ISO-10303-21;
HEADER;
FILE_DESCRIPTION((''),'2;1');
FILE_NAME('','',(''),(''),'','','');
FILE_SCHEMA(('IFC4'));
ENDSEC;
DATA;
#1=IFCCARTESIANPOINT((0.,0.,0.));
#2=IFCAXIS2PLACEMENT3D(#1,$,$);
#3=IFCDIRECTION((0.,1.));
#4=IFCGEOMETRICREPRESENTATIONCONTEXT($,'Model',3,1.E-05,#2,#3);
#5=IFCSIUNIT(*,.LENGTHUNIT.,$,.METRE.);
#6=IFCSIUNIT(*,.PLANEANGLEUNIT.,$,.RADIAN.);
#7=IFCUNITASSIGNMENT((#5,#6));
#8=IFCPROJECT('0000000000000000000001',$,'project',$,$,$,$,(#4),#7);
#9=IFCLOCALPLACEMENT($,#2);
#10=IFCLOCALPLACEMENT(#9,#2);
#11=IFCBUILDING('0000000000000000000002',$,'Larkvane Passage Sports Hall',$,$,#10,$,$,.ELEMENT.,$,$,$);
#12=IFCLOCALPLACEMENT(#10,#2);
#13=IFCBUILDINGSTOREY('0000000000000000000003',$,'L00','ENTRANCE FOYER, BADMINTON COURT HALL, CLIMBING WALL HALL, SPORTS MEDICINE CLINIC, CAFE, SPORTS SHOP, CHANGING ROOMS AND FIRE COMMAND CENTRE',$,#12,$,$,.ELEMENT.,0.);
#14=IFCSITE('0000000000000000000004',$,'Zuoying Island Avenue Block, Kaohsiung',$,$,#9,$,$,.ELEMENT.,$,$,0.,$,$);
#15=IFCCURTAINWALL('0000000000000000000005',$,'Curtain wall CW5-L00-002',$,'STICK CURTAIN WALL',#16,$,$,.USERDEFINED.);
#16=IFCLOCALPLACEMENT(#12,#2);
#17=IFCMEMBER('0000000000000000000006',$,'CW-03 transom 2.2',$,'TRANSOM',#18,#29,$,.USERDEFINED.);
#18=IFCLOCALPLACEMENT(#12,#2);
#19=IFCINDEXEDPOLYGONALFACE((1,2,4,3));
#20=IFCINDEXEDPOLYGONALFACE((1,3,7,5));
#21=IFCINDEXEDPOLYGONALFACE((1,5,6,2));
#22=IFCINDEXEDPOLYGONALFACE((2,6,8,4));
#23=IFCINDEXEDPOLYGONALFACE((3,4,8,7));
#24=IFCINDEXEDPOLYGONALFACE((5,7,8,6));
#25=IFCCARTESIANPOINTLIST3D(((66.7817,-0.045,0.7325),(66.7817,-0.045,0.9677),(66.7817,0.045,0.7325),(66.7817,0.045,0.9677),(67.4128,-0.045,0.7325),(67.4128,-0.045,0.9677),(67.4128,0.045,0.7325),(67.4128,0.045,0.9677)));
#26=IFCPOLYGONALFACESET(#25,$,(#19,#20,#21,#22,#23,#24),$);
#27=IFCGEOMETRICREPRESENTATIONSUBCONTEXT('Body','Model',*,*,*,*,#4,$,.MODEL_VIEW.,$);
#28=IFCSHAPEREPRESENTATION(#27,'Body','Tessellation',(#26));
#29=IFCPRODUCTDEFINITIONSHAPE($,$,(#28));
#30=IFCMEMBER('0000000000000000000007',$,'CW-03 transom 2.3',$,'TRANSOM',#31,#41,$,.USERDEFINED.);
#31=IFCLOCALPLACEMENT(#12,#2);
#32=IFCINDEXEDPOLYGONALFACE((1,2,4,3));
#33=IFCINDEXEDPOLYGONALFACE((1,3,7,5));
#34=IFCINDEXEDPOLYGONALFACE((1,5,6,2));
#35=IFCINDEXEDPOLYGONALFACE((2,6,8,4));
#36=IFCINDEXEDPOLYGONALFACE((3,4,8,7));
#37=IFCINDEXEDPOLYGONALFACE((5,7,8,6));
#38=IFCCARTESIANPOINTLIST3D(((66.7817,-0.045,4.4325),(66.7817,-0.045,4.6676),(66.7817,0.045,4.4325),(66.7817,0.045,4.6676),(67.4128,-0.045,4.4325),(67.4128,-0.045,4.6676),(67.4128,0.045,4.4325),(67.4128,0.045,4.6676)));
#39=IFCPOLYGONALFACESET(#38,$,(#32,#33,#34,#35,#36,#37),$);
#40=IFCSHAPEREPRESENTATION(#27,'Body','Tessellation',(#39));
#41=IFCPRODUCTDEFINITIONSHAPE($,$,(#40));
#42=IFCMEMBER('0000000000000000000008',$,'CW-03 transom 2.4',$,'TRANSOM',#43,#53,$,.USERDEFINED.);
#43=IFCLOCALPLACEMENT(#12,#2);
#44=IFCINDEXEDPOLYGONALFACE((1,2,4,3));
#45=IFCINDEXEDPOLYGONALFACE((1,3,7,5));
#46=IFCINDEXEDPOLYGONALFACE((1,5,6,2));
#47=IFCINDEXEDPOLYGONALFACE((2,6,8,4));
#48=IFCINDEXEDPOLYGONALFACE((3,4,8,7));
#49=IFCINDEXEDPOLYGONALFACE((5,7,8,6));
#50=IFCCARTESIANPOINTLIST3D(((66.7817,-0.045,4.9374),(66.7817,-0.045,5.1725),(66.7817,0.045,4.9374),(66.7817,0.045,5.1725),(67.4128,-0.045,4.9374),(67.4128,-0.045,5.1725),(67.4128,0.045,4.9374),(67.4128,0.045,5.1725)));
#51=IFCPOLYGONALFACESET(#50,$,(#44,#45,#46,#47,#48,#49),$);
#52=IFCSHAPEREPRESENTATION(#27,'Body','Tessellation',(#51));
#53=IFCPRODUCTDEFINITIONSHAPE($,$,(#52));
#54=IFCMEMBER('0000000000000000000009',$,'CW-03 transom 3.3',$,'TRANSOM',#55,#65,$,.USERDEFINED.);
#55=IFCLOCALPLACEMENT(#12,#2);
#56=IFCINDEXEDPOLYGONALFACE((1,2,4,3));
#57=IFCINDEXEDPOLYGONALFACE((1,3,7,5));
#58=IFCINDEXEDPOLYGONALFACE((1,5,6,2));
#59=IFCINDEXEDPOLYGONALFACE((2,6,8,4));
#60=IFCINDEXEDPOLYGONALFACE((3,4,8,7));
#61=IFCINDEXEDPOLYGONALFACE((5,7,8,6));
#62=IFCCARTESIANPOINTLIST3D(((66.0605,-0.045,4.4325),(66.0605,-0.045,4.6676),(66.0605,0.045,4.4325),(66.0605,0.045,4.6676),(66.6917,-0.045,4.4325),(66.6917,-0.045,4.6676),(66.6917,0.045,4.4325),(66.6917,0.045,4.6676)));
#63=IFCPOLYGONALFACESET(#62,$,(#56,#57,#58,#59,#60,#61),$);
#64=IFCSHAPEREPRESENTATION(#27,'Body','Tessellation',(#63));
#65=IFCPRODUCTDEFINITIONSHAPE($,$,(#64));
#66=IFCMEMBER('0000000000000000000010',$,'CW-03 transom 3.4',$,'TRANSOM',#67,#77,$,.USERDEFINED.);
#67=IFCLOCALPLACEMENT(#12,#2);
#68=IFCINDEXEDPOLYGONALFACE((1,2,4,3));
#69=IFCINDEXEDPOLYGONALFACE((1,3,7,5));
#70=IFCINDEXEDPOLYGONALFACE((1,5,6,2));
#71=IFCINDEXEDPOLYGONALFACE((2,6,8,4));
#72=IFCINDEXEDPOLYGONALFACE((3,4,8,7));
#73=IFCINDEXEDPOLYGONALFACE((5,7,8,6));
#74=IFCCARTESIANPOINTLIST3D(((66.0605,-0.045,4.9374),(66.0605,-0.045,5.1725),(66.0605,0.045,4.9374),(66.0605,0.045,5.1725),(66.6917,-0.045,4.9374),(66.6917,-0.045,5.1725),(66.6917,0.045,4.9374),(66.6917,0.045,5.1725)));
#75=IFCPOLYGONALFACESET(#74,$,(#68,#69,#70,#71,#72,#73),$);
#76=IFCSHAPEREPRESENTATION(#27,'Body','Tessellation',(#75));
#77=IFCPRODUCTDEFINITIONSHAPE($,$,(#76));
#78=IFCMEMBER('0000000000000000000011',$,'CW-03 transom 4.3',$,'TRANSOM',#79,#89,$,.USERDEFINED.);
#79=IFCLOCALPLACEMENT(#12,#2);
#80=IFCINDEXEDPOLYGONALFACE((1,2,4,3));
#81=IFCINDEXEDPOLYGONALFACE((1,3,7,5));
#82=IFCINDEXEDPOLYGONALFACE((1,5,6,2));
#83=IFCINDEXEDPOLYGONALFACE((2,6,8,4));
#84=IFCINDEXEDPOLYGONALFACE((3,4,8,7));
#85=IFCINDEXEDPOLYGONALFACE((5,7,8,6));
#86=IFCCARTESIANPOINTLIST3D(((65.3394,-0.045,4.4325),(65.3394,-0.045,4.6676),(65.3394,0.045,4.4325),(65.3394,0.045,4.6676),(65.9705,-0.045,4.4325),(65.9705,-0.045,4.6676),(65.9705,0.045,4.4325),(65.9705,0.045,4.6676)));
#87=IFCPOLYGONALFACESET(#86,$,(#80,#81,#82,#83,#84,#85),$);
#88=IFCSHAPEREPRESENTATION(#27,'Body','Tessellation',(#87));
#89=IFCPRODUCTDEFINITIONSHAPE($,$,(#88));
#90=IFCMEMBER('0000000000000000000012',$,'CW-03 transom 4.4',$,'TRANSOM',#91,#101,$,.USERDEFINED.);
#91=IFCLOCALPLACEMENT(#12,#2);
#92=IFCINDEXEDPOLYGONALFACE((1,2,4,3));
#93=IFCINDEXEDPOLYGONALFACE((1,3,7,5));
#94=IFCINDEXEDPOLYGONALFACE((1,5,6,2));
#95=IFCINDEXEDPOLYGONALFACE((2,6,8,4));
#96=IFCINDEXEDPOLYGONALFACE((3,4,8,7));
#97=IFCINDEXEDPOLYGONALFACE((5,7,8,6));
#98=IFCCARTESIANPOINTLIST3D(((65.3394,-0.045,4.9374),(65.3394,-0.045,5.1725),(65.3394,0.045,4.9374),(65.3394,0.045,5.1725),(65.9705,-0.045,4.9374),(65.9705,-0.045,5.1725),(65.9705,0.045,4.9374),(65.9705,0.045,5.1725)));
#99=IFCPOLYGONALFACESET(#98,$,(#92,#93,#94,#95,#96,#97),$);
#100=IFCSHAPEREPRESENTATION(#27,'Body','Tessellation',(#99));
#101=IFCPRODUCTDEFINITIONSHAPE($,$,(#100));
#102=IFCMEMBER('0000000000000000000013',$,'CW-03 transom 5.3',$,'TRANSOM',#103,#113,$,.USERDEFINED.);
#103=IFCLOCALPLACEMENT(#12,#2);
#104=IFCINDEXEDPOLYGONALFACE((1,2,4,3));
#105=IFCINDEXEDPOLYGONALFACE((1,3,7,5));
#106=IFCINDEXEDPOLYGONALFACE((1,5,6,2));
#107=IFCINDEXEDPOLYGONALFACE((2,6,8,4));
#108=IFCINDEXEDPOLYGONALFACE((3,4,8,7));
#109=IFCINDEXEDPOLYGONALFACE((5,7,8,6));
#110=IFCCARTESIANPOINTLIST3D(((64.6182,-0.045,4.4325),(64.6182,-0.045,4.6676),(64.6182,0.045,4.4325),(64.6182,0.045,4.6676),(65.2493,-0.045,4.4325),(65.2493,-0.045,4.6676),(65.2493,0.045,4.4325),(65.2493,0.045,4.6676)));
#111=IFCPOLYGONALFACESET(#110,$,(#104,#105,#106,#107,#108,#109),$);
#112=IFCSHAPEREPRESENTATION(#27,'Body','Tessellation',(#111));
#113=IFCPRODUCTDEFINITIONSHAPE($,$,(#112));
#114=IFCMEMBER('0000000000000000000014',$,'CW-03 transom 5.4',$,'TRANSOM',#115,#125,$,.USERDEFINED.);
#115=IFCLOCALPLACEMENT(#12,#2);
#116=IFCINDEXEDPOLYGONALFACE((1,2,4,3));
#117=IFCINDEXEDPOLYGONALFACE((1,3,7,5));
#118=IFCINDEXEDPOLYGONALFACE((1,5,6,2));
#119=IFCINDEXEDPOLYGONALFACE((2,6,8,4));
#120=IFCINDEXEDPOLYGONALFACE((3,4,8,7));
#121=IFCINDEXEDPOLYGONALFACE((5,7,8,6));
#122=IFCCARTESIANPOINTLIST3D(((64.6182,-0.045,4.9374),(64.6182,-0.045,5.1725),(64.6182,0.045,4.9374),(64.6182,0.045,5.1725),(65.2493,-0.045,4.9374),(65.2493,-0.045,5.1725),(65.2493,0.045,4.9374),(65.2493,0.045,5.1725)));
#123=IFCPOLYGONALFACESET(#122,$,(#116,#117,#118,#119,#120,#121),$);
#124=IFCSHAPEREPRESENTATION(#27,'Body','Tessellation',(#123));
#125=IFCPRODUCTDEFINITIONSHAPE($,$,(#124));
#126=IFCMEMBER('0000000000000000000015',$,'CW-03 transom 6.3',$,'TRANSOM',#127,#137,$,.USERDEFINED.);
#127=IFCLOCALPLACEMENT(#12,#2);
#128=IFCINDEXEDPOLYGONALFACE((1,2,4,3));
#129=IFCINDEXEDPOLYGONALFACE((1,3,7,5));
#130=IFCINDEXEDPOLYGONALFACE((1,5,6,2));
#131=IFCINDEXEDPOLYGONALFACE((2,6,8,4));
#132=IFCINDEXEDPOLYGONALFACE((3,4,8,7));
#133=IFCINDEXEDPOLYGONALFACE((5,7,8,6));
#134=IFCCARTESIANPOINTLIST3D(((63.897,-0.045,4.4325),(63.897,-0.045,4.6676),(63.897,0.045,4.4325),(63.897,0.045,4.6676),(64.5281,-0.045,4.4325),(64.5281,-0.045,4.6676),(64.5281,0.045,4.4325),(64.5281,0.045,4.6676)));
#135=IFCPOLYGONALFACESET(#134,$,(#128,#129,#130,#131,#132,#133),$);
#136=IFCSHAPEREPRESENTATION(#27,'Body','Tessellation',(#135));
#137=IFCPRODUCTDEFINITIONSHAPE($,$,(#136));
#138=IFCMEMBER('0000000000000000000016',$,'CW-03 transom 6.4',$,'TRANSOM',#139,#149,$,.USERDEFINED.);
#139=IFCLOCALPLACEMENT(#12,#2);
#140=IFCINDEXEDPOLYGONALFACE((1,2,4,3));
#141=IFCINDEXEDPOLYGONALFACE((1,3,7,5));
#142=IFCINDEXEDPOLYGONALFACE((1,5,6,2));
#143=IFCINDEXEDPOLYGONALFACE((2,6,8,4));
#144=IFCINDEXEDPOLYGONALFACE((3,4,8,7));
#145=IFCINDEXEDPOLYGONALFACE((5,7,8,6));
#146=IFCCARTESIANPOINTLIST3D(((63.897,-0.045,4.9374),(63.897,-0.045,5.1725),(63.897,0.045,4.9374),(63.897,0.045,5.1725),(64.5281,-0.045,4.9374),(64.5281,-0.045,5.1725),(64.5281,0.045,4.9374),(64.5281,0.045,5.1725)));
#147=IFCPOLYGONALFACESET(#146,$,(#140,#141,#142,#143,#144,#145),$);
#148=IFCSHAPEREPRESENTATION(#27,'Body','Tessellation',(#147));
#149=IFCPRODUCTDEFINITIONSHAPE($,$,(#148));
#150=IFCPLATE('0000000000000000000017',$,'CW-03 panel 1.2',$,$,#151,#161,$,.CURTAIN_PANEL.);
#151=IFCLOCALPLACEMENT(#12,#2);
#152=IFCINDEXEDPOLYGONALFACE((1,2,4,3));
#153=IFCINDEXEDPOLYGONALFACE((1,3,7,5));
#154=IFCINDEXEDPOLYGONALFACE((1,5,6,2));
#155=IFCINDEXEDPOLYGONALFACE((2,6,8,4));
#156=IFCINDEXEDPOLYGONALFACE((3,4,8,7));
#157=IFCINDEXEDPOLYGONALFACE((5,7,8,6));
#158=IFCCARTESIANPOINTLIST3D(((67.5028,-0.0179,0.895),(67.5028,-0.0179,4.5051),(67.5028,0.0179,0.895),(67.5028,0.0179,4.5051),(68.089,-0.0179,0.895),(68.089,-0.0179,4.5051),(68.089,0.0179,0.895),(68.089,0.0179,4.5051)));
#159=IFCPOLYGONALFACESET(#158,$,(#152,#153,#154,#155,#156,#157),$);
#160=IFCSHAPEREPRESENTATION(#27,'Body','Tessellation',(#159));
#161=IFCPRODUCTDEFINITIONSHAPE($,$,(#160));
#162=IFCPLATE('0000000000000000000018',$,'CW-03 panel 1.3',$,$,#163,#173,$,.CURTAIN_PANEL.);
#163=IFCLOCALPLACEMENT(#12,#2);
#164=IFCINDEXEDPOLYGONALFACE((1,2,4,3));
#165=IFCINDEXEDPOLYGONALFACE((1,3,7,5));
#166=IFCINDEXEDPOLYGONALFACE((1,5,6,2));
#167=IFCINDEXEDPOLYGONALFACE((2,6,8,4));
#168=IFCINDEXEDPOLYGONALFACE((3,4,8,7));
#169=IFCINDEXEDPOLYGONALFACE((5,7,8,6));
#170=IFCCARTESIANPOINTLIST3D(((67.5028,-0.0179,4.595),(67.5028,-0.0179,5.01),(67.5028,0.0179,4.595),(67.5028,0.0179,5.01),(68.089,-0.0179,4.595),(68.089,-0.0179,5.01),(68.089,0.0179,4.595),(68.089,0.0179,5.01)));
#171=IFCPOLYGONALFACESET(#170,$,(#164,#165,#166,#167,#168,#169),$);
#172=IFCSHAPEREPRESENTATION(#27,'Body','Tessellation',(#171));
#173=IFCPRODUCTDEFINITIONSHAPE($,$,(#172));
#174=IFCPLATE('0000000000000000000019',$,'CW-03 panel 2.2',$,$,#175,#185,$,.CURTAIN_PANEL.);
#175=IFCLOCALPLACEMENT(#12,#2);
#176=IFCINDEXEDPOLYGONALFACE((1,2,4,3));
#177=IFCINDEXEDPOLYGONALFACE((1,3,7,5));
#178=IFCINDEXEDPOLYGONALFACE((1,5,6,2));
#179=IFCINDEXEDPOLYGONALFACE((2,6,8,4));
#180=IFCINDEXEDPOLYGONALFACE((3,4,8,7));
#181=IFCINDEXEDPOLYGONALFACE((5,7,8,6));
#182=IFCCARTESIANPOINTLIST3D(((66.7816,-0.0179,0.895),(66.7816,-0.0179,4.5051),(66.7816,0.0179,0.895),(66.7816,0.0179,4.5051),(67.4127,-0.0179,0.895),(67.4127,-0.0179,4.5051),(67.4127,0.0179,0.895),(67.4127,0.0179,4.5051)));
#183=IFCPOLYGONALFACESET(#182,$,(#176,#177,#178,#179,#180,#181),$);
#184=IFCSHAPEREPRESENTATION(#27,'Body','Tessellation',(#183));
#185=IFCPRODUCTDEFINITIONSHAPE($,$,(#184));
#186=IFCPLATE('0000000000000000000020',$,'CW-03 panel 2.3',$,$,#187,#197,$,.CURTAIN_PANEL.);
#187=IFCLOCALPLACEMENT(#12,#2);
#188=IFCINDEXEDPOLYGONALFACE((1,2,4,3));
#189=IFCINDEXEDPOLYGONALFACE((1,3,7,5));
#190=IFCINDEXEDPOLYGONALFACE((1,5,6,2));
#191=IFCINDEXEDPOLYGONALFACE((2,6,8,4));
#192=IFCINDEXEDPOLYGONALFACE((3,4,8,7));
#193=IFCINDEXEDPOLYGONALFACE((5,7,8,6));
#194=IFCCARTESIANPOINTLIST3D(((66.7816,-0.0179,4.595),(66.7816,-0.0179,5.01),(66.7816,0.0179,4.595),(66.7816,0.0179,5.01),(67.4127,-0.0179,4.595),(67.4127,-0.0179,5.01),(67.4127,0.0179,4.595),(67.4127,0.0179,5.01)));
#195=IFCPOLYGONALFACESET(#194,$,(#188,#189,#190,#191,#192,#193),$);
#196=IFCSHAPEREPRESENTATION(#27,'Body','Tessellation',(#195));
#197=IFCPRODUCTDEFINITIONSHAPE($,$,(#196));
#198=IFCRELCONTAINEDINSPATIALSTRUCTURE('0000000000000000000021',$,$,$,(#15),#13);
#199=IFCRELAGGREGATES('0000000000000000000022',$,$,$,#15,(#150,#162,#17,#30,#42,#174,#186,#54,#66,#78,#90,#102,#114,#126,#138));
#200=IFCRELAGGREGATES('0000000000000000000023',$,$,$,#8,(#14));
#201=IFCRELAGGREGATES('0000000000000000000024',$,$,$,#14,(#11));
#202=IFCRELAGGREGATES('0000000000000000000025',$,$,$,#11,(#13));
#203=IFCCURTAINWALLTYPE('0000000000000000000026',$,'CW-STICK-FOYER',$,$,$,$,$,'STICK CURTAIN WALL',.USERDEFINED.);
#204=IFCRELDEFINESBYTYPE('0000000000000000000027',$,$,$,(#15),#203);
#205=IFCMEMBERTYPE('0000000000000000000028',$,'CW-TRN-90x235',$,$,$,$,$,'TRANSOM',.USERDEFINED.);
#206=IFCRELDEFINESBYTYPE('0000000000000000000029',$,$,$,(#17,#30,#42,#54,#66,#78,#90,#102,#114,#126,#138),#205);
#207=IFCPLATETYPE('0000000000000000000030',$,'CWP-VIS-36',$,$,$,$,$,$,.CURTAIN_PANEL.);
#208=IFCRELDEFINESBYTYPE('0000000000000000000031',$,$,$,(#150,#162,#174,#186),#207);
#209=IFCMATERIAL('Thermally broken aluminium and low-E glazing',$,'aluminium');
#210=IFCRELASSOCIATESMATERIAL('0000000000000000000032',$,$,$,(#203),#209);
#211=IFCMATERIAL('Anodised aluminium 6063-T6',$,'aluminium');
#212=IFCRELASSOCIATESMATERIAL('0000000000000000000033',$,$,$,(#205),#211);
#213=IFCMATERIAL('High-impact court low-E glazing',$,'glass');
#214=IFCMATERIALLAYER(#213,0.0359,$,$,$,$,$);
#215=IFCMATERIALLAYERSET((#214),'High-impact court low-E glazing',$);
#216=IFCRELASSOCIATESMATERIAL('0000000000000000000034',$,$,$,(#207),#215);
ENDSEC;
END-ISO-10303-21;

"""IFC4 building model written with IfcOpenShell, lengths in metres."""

from ifc_helpers import new_model, si_unit, direction, frame, origin, origin_2d, place, context, subcontext, project, spatial, rectangle, extrude, material, layer, layer_set, material_profile, profile_set, type_object, element, aggregate, save


model = new_model("IFC4")

# Units and contexts
model_context = context("Model", 3, precision=1e-05, world=origin(), true_north=direction((0.0, 1.0)))
body_context = subcontext(model_context, "Body", "Model", "MODEL_VIEW")
ifc_project = project(units=[si_unit("LENGTHUNIT", "METRE"), si_unit("PLANEANGLEUNIT", "RADIAN")], contexts=[model_context])

# Site, building, storey
site_placement = place(None, origin())
site = spatial("IfcSite", under=ifc_project, at=site_placement, Name="Zuoying Island Avenue Block, Kaohsiung", CompositionType="ELEMENT", RefElevation=0.0)
building_placement = place(site_placement, origin())
building = spatial("IfcBuilding", under=site, at=building_placement, Name="Larkvane Passage Sports Hall", CompositionType="ELEMENT")
storey_placement = place(building_placement, origin())
storey = spatial("IfcBuildingStorey", under=building, at=storey_placement, Name="L00", Description="ENTRANCE FOYER, BADMINTON COURT HALL, CLIMBING WALL HALL, SPORTS MEDICINE CLINIC, CAFE, SPORTS SHOP, CHANGING ROOMS AND FIRE COMMAND CENTRE", CompositionType="ELEMENT", Elevation=0.0)

# Curtain wall, members, plates
ifc_material_1 = material(Name="Thermally broken aluminium and low-E glazing", Category="aluminium")
curtain_wall_type = type_object("IfcCurtainWallType", Name="CW-STICK-FOYER", ElementType="STICK CURTAIN WALL", PredefinedType="USERDEFINED", material=ifc_material_1)
curtain_wall_placement = place(storey_placement, origin())
curtain_wall = element("IfcCurtainWall", 1, at=curtain_wall_placement, inside=storey, type_object=curtain_wall_type, Name="Curtain wall CW5-L00-002", ObjectType="STICK CURTAIN WALL", PredefinedType="USERDEFINED")
ifc_material_2 = material(Name="Anodised aluminium 6063-T6", Category="aluminium")
ifc_material_profile = material_profile(ifc_material_2, rectangle(XDim=0.0901, YDim=0.2351, at=origin_2d()), Name="ALU-TRN-90x235")
ifc_profile_set = profile_set([ifc_material_profile], Name="Anodised aluminium 6063-T6")
member_type = type_object("IfcMemberType", Name="CW-TRN-90x235", ElementType="TRANSOM", PredefinedType="USERDEFINED", material=ifc_profile_set)
member_1_placement = place(storey_placement, frame((67.4128, 0.0, 0.8501), z_axis=(-1.0, 0.0, 0.0), x_axis=(0.0, -1.0, 0.0)))
member_1 = element("IfcMember", 2, at=member_1_placement, type_object=member_type, Name="CW-03 transom 2.2", ObjectType="TRANSOM", PredefinedType="USERDEFINED", context=body_context, shape_type="SweptSolid", body=[
    extrude(rectangle(XDim=0.0901, YDim=0.2351, at=origin_2d()), origin(), (0.0, 0.0, 1.0), 0.6311),
])
member_2_placement = place(storey_placement, frame((67.4128, 0.0, 4.55), z_axis=(-1.0, 0.0, 0.0), x_axis=(0.0, -1.0, 0.0)))
member_2 = element("IfcMember", 3, at=member_2_placement, type_object=member_type, Name="CW-03 transom 2.3", ObjectType="TRANSOM", PredefinedType="USERDEFINED", context=body_context, shape_type="SweptSolid", body=[
    extrude(rectangle(XDim=0.0901, YDim=0.2351, at=origin_2d()), origin(), (0.0, 0.0, 1.0), 0.6311),
])
member_3_placement = place(storey_placement, frame((67.4128, 0.0, 5.0549), z_axis=(-1.0, 0.0, 0.0), x_axis=(0.0, -1.0, 0.0)))
member_3 = element("IfcMember", 4, at=member_3_placement, type_object=member_type, Name="CW-03 transom 2.4", ObjectType="TRANSOM", PredefinedType="USERDEFINED", context=body_context, shape_type="SweptSolid", body=[
    extrude(rectangle(XDim=0.0901, YDim=0.2351, at=origin_2d()), origin(), (0.0, 0.0, 1.0), 0.6311),
])
member_4_placement = place(storey_placement, frame((66.6917, 0.0, 4.55), z_axis=(-1.0, 0.0, 0.0), x_axis=(0.0, -1.0, 0.0)))
member_4 = element("IfcMember", 5, at=member_4_placement, type_object=member_type, Name="CW-03 transom 3.3", ObjectType="TRANSOM", PredefinedType="USERDEFINED", context=body_context, shape_type="SweptSolid", body=[
    extrude(rectangle(XDim=0.0901, YDim=0.2351, at=origin_2d()), origin(), (0.0, 0.0, 1.0), 0.6311),
])
member_5_placement = place(storey_placement, frame((66.6917, 0.0, 5.0549), z_axis=(-1.0, 0.0, 0.0), x_axis=(0.0, -1.0, 0.0)))
member_5 = element("IfcMember", 6, at=member_5_placement, type_object=member_type, Name="CW-03 transom 3.4", ObjectType="TRANSOM", PredefinedType="USERDEFINED", context=body_context, shape_type="SweptSolid", body=[
    extrude(rectangle(XDim=0.0901, YDim=0.2351, at=origin_2d()), origin(), (0.0, 0.0, 1.0), 0.6311),
])
member_6_placement = place(storey_placement, frame((65.9705, 0.0, 4.55), z_axis=(-1.0, 0.0, 0.0), x_axis=(0.0, -1.0, 0.0)))
member_6 = element("IfcMember", 7, at=member_6_placement, type_object=member_type, Name="CW-03 transom 4.3", ObjectType="TRANSOM", PredefinedType="USERDEFINED", context=body_context, shape_type="SweptSolid", body=[
    extrude(rectangle(XDim=0.0901, YDim=0.2351, at=origin_2d()), origin(), (0.0, 0.0, 1.0), 0.6311),
])
member_7_placement = place(storey_placement, frame((65.9705, 0.0, 5.0549), z_axis=(-1.0, 0.0, 0.0), x_axis=(0.0, -1.0, 0.0)))
member_7 = element("IfcMember", 8, at=member_7_placement, type_object=member_type, Name="CW-03 transom 4.4", ObjectType="TRANSOM", PredefinedType="USERDEFINED", context=body_context, shape_type="SweptSolid", body=[
    extrude(rectangle(XDim=0.0901, YDim=0.2351, at=origin_2d()), origin(), (0.0, 0.0, 1.0), 0.6311),
])
member_8_placement = place(storey_placement, frame((65.2493, 0.0, 4.55), z_axis=(-1.0, 0.0, 0.0), x_axis=(0.0, -1.0, 0.0)))
member_8 = element("IfcMember", 9, at=member_8_placement, type_object=member_type, Name="CW-03 transom 5.3", ObjectType="TRANSOM", PredefinedType="USERDEFINED", context=body_context, shape_type="SweptSolid", body=[
    extrude(rectangle(XDim=0.0901, YDim=0.2351, at=origin_2d()), origin(), (0.0, 0.0, 1.0), 0.6311),
])
member_9_placement = place(storey_placement, frame((65.2493, 0.0, 5.0549), z_axis=(-1.0, 0.0, 0.0), x_axis=(0.0, -1.0, 0.0)))
member_9 = element("IfcMember", 10, at=member_9_placement, type_object=member_type, Name="CW-03 transom 5.4", ObjectType="TRANSOM", PredefinedType="USERDEFINED", context=body_context, shape_type="SweptSolid", body=[
    extrude(rectangle(XDim=0.0901, YDim=0.2351, at=origin_2d()), origin(), (0.0, 0.0, 1.0), 0.6311),
])
member_10_placement = place(storey_placement, frame((64.5281, 0.0, 4.55), z_axis=(-1.0, 0.0, 0.0), x_axis=(0.0, -1.0, 0.0)))
member_10 = element("IfcMember", 11, at=member_10_placement, type_object=member_type, Name="CW-03 transom 6.3", ObjectType="TRANSOM", PredefinedType="USERDEFINED", context=body_context, shape_type="SweptSolid", body=[
    extrude(rectangle(XDim=0.0901, YDim=0.2351, at=origin_2d()), origin(), (0.0, 0.0, 1.0), 0.6311),
])
member_11_placement = place(storey_placement, frame((64.5281, 0.0, 5.0549), z_axis=(-1.0, 0.0, 0.0), x_axis=(0.0, -1.0, 0.0)))
member_11 = element("IfcMember", 12, at=member_11_placement, type_object=member_type, Name="CW-03 transom 6.4", ObjectType="TRANSOM", PredefinedType="USERDEFINED", context=body_context, shape_type="SweptSolid", body=[
    extrude(rectangle(XDim=0.0901, YDim=0.2351, at=origin_2d()), origin(), (0.0, 0.0, 1.0), 0.6311),
])
ifc_material_3 = material(Name="High-impact court low-E glazing", Category="glass")
ifc_layer = layer(ifc_material_3, 0.0359)
ifc_layer_set = layer_set([ifc_layer], Name="High-impact court low-E glazing")
plate_type = type_object("IfcPlateType", Name="CWP-VIS-36", PredefinedType="CURTAIN_PANEL", material=ifc_layer_set)
plate_1_placement = place(storey_placement, frame((67.7959, 0.0, 0.895), z_axis=(0.0, 0.0, 1.0), x_axis=(-1.0, 0.0, 0.0)))
plate_1 = element("IfcPlate", 13, at=plate_1_placement, type_object=plate_type, Name="CW-03 panel 1.2", PredefinedType="CURTAIN_PANEL", context=body_context, shape_type="SweptSolid", body=[
    extrude(rectangle(XDim=0.5862, YDim=0.0359, at=origin_2d()), origin(), (0.0, 0.0, 1.0), 3.6101),
])
plate_2_placement = place(storey_placement, frame((67.7959, 0.0, 4.595), z_axis=(0.0, 0.0, 1.0), x_axis=(-1.0, 0.0, 0.0)))
plate_2 = element("IfcPlate", 14, at=plate_2_placement, type_object=plate_type, Name="CW-03 panel 1.3", PredefinedType="CURTAIN_PANEL", context=body_context, shape_type="SweptSolid", body=[
    extrude(rectangle(XDim=0.5862, YDim=0.0359, at=origin_2d()), origin(), (0.0, 0.0, 1.0), 0.415),
])
plate_3_placement = place(storey_placement, frame((67.0972, 0.0, 0.895), z_axis=(0.0, 0.0, 1.0), x_axis=(-1.0, 0.0, 0.0)))
plate_3 = element("IfcPlate", 15, at=plate_3_placement, type_object=plate_type, Name="CW-03 panel 2.2", PredefinedType="CURTAIN_PANEL", context=body_context, shape_type="SweptSolid", body=[
    extrude(rectangle(XDim=0.6311, YDim=0.0359, at=origin_2d()), origin(), (0.0, 0.0, 1.0), 3.6101),
])
plate_4_placement = place(storey_placement, frame((67.0972, 0.0, 4.595), z_axis=(0.0, 0.0, 1.0), x_axis=(-1.0, 0.0, 0.0)))
plate_4 = element("IfcPlate", 16, at=plate_4_placement, type_object=plate_type, Name="CW-03 panel 2.3", PredefinedType="CURTAIN_PANEL", context=body_context, shape_type="SweptSolid", body=[
    extrude(rectangle(XDim=0.6311, YDim=0.0359, at=origin_2d()), origin(), (0.0, 0.0, 1.0), 0.415),
])
aggregate(curtain_wall, [plate_1, plate_2, member_1, member_2, member_3, plate_3, plate_4, member_4, member_5, member_6, member_7, member_8, member_9, member_10, member_11])

save(model, "model.ifc")
